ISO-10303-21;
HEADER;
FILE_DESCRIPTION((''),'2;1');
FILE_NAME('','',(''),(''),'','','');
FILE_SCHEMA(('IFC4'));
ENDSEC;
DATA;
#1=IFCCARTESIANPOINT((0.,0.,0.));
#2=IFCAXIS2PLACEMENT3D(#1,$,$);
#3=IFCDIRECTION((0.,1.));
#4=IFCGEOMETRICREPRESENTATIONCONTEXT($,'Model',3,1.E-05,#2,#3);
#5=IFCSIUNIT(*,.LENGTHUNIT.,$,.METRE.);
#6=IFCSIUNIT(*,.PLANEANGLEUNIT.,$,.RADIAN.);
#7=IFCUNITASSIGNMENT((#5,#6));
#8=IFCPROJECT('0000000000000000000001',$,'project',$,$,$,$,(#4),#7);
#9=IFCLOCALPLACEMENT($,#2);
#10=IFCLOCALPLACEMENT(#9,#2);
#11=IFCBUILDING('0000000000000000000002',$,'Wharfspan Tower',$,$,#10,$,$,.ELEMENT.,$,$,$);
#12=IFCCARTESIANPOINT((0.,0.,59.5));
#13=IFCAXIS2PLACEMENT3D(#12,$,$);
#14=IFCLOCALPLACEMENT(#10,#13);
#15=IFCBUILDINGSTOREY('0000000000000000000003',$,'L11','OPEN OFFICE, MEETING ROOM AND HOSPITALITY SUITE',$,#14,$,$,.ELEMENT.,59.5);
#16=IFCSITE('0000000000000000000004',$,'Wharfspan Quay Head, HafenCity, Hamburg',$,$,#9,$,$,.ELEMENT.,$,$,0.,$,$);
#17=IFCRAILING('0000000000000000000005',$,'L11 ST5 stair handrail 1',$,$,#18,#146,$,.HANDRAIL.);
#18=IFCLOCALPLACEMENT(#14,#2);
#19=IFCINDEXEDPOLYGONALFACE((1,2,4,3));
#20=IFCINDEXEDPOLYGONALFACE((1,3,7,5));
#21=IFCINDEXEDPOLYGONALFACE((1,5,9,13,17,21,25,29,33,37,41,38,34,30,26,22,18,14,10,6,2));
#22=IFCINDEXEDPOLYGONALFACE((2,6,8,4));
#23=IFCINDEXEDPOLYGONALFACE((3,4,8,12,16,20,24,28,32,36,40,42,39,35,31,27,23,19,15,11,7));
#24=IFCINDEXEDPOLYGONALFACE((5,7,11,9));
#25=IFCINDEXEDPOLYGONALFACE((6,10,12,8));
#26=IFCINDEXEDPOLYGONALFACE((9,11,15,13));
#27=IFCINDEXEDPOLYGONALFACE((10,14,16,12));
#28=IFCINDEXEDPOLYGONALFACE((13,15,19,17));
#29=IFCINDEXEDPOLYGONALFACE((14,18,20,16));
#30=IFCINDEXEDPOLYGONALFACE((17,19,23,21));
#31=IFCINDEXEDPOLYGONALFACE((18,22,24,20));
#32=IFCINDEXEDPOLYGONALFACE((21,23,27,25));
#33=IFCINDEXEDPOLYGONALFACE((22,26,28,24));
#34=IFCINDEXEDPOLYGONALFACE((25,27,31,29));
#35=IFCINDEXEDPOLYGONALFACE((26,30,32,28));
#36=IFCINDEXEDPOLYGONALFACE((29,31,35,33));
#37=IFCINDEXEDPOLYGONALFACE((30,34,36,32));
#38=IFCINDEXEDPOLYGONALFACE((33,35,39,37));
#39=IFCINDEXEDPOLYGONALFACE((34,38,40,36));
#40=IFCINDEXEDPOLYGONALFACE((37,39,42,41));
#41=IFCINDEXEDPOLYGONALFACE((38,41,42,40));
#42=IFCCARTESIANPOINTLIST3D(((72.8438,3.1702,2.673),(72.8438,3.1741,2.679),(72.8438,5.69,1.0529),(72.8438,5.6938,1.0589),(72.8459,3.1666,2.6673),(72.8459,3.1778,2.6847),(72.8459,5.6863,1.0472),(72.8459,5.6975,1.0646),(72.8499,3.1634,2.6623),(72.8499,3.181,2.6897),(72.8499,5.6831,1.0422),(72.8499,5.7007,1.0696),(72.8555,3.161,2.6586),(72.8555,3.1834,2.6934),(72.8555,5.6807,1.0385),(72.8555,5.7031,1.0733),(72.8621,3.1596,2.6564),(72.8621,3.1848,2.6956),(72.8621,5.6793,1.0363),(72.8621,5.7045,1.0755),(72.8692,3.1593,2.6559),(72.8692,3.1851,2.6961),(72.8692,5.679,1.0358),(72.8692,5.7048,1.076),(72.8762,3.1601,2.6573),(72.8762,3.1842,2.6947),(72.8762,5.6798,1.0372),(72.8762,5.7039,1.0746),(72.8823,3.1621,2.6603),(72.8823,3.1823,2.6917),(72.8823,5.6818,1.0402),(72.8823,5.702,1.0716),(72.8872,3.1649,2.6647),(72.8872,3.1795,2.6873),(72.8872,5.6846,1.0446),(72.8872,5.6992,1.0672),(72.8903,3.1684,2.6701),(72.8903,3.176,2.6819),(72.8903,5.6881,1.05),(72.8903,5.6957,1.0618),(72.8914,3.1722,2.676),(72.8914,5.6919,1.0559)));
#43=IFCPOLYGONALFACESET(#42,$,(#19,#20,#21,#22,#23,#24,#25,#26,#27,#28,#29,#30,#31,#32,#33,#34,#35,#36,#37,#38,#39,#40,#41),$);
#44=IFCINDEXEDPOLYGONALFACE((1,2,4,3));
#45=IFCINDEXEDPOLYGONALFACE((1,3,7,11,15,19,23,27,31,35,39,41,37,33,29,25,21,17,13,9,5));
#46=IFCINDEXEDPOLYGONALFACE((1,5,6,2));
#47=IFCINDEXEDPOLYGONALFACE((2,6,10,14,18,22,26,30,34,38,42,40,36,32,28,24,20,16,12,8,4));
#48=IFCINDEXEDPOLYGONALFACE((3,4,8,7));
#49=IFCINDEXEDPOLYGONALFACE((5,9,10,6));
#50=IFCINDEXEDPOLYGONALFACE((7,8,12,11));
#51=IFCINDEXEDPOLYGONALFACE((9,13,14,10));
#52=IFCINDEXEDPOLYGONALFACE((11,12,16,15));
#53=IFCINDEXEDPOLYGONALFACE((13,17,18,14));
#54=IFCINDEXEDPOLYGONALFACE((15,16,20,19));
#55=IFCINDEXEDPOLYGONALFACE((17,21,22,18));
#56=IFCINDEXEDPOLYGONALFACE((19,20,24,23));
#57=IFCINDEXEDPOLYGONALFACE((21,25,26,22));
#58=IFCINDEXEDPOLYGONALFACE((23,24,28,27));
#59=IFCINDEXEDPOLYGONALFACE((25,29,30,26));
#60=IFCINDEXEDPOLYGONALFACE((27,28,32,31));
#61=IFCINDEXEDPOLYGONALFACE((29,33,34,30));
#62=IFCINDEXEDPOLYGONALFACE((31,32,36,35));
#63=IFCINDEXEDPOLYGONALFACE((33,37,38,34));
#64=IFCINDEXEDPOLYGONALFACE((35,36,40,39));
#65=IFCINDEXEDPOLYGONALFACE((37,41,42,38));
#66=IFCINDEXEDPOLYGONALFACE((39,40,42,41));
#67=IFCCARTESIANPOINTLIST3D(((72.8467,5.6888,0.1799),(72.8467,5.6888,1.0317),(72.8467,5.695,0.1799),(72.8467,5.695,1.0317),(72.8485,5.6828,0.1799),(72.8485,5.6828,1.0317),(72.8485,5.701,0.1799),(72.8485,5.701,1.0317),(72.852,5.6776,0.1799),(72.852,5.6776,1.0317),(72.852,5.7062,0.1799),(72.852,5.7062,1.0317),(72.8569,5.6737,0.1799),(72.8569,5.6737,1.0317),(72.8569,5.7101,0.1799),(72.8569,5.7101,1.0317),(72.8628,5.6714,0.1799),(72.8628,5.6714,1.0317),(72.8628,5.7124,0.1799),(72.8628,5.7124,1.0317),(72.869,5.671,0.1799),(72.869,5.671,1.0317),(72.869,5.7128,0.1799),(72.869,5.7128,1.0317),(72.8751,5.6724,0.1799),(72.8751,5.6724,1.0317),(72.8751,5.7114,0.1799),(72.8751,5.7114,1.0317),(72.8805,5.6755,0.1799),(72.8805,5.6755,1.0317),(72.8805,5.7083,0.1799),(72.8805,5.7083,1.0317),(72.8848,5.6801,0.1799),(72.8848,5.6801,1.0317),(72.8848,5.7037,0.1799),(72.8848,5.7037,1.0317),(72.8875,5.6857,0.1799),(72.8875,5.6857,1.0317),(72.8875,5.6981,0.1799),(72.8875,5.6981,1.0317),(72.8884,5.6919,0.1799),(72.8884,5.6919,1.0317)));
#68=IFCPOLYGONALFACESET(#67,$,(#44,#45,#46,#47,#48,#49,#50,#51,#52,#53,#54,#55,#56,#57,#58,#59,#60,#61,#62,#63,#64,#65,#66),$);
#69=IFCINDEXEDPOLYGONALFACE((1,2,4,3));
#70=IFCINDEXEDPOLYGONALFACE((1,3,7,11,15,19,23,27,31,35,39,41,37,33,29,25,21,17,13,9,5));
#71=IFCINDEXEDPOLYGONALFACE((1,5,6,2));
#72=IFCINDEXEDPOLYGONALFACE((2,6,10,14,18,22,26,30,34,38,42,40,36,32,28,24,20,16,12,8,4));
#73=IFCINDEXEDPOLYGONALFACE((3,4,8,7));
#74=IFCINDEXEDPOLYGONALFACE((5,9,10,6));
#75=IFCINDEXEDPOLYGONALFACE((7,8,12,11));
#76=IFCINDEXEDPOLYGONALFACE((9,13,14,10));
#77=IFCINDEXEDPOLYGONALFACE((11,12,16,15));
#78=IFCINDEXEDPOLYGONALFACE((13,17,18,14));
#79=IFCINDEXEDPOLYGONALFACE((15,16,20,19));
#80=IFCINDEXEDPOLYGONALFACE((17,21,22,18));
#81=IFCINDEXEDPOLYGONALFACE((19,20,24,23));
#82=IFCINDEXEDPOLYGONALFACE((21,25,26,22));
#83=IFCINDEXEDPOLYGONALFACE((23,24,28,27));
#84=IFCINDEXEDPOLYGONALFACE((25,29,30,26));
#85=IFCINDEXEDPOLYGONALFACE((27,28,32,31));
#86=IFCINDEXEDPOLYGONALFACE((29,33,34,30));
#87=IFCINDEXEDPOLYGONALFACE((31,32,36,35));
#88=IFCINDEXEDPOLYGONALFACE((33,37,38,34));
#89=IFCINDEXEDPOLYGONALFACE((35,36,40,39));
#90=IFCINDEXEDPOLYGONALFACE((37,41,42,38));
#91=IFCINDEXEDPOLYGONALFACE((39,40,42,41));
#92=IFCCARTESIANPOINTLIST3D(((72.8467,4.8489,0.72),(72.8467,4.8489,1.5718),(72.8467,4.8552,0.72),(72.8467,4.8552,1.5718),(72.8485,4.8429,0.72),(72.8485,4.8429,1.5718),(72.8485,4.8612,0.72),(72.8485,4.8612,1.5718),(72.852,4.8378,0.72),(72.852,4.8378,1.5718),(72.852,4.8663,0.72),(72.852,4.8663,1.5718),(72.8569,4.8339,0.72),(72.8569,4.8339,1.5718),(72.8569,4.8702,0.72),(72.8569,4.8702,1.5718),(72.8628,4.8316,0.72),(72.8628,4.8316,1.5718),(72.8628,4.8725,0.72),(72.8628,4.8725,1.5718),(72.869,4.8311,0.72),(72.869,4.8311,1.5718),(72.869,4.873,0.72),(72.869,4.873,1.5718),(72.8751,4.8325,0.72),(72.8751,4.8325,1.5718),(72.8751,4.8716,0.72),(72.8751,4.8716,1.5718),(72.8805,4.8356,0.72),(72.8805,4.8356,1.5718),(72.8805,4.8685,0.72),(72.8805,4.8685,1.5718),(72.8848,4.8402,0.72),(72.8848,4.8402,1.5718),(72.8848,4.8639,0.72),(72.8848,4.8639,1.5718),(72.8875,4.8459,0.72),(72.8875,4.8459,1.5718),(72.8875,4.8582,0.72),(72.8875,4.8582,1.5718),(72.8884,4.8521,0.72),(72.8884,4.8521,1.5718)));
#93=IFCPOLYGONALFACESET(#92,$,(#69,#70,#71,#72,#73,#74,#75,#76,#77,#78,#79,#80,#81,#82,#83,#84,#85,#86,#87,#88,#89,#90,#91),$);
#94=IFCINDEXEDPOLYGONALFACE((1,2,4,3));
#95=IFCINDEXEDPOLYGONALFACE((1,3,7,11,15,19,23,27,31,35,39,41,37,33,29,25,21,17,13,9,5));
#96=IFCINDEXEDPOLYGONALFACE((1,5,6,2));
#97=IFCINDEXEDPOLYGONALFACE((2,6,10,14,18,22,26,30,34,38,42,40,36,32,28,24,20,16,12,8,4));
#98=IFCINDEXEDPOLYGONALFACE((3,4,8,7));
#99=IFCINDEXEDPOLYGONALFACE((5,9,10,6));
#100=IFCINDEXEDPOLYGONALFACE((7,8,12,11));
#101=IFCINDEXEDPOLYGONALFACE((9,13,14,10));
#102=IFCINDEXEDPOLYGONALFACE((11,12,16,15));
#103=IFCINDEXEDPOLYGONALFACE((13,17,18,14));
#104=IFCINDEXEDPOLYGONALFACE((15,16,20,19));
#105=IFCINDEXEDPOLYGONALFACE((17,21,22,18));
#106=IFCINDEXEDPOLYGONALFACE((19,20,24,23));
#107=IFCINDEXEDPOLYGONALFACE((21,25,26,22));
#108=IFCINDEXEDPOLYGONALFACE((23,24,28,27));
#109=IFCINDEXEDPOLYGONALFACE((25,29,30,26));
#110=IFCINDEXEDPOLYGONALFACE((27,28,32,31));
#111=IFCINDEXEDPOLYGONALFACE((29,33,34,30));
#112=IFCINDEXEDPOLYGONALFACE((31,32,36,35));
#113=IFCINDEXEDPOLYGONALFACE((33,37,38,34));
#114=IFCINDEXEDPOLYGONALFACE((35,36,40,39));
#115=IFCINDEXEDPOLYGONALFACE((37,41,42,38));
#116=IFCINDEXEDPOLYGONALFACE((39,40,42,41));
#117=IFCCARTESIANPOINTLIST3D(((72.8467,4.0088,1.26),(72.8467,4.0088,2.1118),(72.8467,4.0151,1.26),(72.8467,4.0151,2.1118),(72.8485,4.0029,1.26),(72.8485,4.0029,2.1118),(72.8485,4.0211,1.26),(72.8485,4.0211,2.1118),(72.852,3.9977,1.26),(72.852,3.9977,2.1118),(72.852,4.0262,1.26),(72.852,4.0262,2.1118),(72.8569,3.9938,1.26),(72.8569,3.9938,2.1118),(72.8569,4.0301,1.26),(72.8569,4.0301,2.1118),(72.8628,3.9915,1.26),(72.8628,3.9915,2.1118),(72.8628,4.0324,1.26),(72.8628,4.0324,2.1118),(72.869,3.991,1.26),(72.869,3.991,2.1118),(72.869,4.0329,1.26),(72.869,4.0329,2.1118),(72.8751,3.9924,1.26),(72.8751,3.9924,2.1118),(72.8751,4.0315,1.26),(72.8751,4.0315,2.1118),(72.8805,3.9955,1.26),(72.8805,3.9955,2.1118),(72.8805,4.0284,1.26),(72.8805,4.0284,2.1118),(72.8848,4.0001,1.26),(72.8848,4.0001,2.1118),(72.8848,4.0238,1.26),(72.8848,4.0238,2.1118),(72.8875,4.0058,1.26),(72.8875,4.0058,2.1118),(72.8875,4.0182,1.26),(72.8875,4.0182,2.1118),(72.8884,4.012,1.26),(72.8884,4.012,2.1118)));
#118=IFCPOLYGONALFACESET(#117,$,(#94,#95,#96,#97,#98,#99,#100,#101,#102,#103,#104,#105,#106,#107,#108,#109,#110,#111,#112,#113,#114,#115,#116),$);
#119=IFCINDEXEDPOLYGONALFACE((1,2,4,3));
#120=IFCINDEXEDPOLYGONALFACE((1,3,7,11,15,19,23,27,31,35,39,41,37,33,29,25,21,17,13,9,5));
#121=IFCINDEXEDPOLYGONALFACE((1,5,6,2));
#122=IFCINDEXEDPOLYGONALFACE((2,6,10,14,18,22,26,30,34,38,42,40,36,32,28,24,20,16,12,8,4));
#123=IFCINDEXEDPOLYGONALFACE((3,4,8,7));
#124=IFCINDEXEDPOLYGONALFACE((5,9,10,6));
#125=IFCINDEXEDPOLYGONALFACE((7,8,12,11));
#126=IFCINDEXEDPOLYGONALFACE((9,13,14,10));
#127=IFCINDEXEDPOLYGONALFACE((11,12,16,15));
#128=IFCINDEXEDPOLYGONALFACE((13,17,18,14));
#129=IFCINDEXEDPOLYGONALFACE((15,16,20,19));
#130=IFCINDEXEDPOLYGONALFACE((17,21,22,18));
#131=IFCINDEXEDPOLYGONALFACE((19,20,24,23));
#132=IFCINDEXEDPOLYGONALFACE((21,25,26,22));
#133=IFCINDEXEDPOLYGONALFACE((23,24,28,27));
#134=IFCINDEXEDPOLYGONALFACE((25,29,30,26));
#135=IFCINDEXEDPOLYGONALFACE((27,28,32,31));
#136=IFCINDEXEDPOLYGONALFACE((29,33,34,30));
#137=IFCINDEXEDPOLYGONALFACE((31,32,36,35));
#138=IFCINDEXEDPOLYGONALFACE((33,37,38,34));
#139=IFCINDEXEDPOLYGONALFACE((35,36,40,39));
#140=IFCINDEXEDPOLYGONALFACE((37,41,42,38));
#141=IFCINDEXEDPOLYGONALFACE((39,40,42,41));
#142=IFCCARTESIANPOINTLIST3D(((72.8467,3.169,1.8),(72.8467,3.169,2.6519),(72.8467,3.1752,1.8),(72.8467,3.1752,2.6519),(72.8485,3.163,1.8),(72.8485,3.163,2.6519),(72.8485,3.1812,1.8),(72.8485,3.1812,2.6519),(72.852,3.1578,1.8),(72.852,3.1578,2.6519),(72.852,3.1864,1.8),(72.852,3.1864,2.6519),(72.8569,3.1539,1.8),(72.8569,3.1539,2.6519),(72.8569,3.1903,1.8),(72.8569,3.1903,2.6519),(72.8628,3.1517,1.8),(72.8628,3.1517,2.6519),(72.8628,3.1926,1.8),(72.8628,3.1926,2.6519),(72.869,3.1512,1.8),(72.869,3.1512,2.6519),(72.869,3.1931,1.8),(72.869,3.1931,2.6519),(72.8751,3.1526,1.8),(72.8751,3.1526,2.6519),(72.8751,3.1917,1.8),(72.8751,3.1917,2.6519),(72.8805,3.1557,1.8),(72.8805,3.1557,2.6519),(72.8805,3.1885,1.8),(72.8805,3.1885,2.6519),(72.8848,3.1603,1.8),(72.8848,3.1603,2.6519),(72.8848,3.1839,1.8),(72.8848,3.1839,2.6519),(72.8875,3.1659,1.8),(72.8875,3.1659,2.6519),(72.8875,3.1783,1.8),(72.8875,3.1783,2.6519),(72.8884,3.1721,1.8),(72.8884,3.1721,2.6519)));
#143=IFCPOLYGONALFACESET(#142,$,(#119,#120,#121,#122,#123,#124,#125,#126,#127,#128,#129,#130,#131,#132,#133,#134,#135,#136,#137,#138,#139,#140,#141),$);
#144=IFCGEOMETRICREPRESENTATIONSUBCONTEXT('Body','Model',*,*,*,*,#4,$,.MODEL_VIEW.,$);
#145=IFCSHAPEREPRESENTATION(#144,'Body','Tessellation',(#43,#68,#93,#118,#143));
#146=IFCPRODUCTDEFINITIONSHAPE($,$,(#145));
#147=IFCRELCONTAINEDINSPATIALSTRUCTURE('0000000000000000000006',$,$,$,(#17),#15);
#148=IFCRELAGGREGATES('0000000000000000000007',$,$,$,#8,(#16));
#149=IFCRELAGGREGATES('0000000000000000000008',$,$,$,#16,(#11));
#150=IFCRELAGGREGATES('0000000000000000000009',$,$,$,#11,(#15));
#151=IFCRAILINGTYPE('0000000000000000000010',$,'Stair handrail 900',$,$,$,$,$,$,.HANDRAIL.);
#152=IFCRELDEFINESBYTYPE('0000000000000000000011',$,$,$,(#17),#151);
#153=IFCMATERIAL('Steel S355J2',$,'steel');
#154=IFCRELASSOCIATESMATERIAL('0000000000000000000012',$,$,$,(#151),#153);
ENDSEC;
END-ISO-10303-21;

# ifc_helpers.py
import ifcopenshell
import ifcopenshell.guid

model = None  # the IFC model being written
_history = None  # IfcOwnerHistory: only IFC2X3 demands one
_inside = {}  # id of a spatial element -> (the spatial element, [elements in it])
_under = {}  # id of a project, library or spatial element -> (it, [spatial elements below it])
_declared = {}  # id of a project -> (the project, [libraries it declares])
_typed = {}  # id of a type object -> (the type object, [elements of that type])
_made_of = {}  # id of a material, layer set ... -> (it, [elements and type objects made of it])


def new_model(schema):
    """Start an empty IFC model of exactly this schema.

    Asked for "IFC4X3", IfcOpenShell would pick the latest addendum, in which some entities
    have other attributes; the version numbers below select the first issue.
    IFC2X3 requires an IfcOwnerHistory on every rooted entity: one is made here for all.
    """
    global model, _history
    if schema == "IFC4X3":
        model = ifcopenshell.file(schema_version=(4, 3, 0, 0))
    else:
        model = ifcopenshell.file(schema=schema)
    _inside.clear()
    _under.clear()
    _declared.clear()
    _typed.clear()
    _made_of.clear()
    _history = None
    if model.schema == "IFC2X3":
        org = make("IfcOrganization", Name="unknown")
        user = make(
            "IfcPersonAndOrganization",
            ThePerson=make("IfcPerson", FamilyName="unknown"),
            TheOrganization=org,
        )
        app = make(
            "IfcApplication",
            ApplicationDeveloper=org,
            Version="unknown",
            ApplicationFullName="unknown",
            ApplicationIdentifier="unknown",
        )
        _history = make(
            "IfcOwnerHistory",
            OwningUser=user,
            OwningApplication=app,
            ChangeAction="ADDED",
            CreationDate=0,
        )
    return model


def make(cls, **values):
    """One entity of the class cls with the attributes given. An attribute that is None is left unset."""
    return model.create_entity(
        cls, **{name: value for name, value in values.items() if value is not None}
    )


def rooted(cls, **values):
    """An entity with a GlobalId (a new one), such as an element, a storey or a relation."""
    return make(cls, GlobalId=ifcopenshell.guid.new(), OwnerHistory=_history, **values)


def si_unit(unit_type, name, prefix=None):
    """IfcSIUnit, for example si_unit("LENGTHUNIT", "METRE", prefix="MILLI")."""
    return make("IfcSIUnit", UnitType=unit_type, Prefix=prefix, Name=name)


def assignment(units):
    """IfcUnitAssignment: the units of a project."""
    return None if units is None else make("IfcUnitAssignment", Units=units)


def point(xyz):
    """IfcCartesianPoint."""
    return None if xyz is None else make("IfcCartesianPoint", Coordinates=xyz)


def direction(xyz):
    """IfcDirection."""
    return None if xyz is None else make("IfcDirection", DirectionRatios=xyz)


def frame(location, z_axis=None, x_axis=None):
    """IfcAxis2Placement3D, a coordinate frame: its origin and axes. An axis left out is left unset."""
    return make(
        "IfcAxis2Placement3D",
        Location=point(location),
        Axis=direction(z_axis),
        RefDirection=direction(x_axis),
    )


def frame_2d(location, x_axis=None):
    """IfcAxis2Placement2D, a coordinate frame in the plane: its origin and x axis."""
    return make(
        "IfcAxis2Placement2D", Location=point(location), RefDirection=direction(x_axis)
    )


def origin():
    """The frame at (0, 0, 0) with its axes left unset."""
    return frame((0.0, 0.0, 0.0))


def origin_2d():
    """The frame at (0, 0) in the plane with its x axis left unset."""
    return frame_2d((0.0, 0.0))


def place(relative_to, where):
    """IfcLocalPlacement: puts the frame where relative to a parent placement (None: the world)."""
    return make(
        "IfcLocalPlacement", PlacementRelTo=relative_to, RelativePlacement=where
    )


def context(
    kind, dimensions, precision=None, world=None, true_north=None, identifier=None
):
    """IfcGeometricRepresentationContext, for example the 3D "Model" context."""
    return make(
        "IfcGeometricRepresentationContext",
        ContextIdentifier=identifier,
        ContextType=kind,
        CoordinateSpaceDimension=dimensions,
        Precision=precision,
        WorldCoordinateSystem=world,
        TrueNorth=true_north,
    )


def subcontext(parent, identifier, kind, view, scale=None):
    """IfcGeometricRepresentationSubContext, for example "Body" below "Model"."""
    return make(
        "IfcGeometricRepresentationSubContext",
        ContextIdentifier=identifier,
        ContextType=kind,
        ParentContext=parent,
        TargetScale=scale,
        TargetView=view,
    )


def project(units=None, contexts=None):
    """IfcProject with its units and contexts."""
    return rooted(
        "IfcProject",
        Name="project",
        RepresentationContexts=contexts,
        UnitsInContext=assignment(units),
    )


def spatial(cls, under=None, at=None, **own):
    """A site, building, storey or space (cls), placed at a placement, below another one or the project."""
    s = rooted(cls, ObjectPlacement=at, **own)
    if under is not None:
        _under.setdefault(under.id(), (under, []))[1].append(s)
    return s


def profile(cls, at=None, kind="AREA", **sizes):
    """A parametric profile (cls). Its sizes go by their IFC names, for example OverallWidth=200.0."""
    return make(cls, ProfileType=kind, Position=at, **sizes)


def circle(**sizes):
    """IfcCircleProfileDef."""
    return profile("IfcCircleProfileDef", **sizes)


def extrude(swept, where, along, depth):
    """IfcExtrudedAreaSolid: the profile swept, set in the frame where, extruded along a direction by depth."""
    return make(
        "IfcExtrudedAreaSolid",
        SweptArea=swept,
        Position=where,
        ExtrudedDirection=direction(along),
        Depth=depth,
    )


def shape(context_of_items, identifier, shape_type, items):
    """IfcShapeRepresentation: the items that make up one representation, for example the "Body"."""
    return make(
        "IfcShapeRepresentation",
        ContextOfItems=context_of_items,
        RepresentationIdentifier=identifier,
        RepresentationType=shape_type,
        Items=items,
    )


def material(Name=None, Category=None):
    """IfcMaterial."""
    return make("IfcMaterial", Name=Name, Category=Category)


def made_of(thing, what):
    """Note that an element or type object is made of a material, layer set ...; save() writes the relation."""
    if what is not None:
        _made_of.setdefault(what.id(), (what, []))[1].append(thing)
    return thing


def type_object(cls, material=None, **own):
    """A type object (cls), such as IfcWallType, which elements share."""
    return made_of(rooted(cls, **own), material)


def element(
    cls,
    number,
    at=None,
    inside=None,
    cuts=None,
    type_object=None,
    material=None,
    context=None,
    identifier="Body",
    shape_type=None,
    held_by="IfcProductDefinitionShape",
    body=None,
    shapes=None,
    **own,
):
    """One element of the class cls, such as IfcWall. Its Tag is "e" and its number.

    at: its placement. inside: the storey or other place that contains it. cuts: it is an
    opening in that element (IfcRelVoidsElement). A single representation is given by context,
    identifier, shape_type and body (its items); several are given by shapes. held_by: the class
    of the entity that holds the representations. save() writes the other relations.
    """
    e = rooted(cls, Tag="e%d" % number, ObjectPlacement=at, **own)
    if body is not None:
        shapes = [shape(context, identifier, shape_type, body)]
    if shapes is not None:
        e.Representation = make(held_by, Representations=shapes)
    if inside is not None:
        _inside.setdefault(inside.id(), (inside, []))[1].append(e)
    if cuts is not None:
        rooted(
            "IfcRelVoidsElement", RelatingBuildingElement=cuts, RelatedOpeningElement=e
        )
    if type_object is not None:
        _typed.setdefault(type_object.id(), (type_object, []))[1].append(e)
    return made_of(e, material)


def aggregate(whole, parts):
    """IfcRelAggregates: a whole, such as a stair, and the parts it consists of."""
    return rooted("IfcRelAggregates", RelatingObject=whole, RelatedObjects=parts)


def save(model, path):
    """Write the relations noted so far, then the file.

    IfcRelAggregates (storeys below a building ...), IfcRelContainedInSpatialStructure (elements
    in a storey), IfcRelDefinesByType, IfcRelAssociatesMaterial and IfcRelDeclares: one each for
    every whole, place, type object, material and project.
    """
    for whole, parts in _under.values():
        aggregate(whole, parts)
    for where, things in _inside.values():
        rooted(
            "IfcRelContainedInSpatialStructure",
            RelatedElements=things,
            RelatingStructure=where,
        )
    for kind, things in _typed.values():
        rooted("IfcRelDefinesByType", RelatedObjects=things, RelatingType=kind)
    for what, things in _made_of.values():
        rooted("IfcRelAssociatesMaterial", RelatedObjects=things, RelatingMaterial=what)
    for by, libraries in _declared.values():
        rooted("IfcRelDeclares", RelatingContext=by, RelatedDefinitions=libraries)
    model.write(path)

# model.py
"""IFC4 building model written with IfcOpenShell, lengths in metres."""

from ifc_helpers import new_model, si_unit, direction, frame, origin, origin_2d, place, context, subcontext, project, spatial, circle, extrude, material, type_object, element, save


model = new_model("IFC4")

# Units and contexts
model_context = context("Model", 3, precision=1e-05, world=origin(), true_north=direction((0.0, 1.0)))
body_context = subcontext(model_context, "Body", "Model", "MODEL_VIEW")
ifc_project = project(units=[si_unit("LENGTHUNIT", "METRE"), si_unit("PLANEANGLEUNIT", "RADIAN")], contexts=[model_context])

# Site, building, storey
site_placement = place(None, origin())
site = spatial("IfcSite", under=ifc_project, at=site_placement, Name="Wharfspan Quay Head, HafenCity, Hamburg", CompositionType="ELEMENT", RefElevation=0.0)
building_placement = place(site_placement, origin())
building = spatial("IfcBuilding", under=site, at=building_placement, Name="Wharfspan Tower", CompositionType="ELEMENT")
storey_placement = place(building_placement, frame((0.0, 0.0, 59.5)))
storey = spatial("IfcBuildingStorey", under=building, at=storey_placement, Name="L11", Description="OPEN OFFICE, MEETING ROOM AND HOSPITALITY SUITE", CompositionType="ELEMENT", Elevation=59.5)

# Railing
ifc_material_1 = material(Name="Steel S355J2", Category="steel")
railing_type_1 = type_object("IfcRailingType", Name="Stair handrail 900", PredefinedType="HANDRAIL", material=ifc_material_1)
railing_1_placement = place(storey_placement, frame((72.8674, 5.6919, 0.1799)))
element("IfcRailing", 1, at=railing_1_placement, inside=storey, type_object=railing_type_1, Name="L11 ST5 stair handrail 1", PredefinedType="HANDRAIL", context=body_context, shape_type="SweptSolid", body=[
    extrude(circle(Radius=0.0239, at=origin_2d()), frame((0.0, 0.0, 0.876), z_axis=(0.0, -0.841139, 0.540819), x_axis=(1.0, 0.0, 0.0)), (0.0, 0.0, 1.0), 2.9956),
    extrude(circle(Radius=0.021, at=origin_2d()), origin(), (0.0, 0.0, 1.0), 0.8518),
    extrude(circle(Radius=0.021, at=origin_2d()), frame((0.0, -0.8398, 0.54)), (0.0, 0.0, 1.0), 0.8518),
    extrude(circle(Radius=0.021, at=origin_2d()), frame((0.0, -1.6799, 1.0801)), (0.0, 0.0, 1.0), 0.8518),
    extrude(circle(Radius=0.021, at=origin_2d()), frame((0.0, -2.5198, 1.6201)), (0.0, 0.0, 1.0), 0.8518),
])

save(model, "model.ifc")
